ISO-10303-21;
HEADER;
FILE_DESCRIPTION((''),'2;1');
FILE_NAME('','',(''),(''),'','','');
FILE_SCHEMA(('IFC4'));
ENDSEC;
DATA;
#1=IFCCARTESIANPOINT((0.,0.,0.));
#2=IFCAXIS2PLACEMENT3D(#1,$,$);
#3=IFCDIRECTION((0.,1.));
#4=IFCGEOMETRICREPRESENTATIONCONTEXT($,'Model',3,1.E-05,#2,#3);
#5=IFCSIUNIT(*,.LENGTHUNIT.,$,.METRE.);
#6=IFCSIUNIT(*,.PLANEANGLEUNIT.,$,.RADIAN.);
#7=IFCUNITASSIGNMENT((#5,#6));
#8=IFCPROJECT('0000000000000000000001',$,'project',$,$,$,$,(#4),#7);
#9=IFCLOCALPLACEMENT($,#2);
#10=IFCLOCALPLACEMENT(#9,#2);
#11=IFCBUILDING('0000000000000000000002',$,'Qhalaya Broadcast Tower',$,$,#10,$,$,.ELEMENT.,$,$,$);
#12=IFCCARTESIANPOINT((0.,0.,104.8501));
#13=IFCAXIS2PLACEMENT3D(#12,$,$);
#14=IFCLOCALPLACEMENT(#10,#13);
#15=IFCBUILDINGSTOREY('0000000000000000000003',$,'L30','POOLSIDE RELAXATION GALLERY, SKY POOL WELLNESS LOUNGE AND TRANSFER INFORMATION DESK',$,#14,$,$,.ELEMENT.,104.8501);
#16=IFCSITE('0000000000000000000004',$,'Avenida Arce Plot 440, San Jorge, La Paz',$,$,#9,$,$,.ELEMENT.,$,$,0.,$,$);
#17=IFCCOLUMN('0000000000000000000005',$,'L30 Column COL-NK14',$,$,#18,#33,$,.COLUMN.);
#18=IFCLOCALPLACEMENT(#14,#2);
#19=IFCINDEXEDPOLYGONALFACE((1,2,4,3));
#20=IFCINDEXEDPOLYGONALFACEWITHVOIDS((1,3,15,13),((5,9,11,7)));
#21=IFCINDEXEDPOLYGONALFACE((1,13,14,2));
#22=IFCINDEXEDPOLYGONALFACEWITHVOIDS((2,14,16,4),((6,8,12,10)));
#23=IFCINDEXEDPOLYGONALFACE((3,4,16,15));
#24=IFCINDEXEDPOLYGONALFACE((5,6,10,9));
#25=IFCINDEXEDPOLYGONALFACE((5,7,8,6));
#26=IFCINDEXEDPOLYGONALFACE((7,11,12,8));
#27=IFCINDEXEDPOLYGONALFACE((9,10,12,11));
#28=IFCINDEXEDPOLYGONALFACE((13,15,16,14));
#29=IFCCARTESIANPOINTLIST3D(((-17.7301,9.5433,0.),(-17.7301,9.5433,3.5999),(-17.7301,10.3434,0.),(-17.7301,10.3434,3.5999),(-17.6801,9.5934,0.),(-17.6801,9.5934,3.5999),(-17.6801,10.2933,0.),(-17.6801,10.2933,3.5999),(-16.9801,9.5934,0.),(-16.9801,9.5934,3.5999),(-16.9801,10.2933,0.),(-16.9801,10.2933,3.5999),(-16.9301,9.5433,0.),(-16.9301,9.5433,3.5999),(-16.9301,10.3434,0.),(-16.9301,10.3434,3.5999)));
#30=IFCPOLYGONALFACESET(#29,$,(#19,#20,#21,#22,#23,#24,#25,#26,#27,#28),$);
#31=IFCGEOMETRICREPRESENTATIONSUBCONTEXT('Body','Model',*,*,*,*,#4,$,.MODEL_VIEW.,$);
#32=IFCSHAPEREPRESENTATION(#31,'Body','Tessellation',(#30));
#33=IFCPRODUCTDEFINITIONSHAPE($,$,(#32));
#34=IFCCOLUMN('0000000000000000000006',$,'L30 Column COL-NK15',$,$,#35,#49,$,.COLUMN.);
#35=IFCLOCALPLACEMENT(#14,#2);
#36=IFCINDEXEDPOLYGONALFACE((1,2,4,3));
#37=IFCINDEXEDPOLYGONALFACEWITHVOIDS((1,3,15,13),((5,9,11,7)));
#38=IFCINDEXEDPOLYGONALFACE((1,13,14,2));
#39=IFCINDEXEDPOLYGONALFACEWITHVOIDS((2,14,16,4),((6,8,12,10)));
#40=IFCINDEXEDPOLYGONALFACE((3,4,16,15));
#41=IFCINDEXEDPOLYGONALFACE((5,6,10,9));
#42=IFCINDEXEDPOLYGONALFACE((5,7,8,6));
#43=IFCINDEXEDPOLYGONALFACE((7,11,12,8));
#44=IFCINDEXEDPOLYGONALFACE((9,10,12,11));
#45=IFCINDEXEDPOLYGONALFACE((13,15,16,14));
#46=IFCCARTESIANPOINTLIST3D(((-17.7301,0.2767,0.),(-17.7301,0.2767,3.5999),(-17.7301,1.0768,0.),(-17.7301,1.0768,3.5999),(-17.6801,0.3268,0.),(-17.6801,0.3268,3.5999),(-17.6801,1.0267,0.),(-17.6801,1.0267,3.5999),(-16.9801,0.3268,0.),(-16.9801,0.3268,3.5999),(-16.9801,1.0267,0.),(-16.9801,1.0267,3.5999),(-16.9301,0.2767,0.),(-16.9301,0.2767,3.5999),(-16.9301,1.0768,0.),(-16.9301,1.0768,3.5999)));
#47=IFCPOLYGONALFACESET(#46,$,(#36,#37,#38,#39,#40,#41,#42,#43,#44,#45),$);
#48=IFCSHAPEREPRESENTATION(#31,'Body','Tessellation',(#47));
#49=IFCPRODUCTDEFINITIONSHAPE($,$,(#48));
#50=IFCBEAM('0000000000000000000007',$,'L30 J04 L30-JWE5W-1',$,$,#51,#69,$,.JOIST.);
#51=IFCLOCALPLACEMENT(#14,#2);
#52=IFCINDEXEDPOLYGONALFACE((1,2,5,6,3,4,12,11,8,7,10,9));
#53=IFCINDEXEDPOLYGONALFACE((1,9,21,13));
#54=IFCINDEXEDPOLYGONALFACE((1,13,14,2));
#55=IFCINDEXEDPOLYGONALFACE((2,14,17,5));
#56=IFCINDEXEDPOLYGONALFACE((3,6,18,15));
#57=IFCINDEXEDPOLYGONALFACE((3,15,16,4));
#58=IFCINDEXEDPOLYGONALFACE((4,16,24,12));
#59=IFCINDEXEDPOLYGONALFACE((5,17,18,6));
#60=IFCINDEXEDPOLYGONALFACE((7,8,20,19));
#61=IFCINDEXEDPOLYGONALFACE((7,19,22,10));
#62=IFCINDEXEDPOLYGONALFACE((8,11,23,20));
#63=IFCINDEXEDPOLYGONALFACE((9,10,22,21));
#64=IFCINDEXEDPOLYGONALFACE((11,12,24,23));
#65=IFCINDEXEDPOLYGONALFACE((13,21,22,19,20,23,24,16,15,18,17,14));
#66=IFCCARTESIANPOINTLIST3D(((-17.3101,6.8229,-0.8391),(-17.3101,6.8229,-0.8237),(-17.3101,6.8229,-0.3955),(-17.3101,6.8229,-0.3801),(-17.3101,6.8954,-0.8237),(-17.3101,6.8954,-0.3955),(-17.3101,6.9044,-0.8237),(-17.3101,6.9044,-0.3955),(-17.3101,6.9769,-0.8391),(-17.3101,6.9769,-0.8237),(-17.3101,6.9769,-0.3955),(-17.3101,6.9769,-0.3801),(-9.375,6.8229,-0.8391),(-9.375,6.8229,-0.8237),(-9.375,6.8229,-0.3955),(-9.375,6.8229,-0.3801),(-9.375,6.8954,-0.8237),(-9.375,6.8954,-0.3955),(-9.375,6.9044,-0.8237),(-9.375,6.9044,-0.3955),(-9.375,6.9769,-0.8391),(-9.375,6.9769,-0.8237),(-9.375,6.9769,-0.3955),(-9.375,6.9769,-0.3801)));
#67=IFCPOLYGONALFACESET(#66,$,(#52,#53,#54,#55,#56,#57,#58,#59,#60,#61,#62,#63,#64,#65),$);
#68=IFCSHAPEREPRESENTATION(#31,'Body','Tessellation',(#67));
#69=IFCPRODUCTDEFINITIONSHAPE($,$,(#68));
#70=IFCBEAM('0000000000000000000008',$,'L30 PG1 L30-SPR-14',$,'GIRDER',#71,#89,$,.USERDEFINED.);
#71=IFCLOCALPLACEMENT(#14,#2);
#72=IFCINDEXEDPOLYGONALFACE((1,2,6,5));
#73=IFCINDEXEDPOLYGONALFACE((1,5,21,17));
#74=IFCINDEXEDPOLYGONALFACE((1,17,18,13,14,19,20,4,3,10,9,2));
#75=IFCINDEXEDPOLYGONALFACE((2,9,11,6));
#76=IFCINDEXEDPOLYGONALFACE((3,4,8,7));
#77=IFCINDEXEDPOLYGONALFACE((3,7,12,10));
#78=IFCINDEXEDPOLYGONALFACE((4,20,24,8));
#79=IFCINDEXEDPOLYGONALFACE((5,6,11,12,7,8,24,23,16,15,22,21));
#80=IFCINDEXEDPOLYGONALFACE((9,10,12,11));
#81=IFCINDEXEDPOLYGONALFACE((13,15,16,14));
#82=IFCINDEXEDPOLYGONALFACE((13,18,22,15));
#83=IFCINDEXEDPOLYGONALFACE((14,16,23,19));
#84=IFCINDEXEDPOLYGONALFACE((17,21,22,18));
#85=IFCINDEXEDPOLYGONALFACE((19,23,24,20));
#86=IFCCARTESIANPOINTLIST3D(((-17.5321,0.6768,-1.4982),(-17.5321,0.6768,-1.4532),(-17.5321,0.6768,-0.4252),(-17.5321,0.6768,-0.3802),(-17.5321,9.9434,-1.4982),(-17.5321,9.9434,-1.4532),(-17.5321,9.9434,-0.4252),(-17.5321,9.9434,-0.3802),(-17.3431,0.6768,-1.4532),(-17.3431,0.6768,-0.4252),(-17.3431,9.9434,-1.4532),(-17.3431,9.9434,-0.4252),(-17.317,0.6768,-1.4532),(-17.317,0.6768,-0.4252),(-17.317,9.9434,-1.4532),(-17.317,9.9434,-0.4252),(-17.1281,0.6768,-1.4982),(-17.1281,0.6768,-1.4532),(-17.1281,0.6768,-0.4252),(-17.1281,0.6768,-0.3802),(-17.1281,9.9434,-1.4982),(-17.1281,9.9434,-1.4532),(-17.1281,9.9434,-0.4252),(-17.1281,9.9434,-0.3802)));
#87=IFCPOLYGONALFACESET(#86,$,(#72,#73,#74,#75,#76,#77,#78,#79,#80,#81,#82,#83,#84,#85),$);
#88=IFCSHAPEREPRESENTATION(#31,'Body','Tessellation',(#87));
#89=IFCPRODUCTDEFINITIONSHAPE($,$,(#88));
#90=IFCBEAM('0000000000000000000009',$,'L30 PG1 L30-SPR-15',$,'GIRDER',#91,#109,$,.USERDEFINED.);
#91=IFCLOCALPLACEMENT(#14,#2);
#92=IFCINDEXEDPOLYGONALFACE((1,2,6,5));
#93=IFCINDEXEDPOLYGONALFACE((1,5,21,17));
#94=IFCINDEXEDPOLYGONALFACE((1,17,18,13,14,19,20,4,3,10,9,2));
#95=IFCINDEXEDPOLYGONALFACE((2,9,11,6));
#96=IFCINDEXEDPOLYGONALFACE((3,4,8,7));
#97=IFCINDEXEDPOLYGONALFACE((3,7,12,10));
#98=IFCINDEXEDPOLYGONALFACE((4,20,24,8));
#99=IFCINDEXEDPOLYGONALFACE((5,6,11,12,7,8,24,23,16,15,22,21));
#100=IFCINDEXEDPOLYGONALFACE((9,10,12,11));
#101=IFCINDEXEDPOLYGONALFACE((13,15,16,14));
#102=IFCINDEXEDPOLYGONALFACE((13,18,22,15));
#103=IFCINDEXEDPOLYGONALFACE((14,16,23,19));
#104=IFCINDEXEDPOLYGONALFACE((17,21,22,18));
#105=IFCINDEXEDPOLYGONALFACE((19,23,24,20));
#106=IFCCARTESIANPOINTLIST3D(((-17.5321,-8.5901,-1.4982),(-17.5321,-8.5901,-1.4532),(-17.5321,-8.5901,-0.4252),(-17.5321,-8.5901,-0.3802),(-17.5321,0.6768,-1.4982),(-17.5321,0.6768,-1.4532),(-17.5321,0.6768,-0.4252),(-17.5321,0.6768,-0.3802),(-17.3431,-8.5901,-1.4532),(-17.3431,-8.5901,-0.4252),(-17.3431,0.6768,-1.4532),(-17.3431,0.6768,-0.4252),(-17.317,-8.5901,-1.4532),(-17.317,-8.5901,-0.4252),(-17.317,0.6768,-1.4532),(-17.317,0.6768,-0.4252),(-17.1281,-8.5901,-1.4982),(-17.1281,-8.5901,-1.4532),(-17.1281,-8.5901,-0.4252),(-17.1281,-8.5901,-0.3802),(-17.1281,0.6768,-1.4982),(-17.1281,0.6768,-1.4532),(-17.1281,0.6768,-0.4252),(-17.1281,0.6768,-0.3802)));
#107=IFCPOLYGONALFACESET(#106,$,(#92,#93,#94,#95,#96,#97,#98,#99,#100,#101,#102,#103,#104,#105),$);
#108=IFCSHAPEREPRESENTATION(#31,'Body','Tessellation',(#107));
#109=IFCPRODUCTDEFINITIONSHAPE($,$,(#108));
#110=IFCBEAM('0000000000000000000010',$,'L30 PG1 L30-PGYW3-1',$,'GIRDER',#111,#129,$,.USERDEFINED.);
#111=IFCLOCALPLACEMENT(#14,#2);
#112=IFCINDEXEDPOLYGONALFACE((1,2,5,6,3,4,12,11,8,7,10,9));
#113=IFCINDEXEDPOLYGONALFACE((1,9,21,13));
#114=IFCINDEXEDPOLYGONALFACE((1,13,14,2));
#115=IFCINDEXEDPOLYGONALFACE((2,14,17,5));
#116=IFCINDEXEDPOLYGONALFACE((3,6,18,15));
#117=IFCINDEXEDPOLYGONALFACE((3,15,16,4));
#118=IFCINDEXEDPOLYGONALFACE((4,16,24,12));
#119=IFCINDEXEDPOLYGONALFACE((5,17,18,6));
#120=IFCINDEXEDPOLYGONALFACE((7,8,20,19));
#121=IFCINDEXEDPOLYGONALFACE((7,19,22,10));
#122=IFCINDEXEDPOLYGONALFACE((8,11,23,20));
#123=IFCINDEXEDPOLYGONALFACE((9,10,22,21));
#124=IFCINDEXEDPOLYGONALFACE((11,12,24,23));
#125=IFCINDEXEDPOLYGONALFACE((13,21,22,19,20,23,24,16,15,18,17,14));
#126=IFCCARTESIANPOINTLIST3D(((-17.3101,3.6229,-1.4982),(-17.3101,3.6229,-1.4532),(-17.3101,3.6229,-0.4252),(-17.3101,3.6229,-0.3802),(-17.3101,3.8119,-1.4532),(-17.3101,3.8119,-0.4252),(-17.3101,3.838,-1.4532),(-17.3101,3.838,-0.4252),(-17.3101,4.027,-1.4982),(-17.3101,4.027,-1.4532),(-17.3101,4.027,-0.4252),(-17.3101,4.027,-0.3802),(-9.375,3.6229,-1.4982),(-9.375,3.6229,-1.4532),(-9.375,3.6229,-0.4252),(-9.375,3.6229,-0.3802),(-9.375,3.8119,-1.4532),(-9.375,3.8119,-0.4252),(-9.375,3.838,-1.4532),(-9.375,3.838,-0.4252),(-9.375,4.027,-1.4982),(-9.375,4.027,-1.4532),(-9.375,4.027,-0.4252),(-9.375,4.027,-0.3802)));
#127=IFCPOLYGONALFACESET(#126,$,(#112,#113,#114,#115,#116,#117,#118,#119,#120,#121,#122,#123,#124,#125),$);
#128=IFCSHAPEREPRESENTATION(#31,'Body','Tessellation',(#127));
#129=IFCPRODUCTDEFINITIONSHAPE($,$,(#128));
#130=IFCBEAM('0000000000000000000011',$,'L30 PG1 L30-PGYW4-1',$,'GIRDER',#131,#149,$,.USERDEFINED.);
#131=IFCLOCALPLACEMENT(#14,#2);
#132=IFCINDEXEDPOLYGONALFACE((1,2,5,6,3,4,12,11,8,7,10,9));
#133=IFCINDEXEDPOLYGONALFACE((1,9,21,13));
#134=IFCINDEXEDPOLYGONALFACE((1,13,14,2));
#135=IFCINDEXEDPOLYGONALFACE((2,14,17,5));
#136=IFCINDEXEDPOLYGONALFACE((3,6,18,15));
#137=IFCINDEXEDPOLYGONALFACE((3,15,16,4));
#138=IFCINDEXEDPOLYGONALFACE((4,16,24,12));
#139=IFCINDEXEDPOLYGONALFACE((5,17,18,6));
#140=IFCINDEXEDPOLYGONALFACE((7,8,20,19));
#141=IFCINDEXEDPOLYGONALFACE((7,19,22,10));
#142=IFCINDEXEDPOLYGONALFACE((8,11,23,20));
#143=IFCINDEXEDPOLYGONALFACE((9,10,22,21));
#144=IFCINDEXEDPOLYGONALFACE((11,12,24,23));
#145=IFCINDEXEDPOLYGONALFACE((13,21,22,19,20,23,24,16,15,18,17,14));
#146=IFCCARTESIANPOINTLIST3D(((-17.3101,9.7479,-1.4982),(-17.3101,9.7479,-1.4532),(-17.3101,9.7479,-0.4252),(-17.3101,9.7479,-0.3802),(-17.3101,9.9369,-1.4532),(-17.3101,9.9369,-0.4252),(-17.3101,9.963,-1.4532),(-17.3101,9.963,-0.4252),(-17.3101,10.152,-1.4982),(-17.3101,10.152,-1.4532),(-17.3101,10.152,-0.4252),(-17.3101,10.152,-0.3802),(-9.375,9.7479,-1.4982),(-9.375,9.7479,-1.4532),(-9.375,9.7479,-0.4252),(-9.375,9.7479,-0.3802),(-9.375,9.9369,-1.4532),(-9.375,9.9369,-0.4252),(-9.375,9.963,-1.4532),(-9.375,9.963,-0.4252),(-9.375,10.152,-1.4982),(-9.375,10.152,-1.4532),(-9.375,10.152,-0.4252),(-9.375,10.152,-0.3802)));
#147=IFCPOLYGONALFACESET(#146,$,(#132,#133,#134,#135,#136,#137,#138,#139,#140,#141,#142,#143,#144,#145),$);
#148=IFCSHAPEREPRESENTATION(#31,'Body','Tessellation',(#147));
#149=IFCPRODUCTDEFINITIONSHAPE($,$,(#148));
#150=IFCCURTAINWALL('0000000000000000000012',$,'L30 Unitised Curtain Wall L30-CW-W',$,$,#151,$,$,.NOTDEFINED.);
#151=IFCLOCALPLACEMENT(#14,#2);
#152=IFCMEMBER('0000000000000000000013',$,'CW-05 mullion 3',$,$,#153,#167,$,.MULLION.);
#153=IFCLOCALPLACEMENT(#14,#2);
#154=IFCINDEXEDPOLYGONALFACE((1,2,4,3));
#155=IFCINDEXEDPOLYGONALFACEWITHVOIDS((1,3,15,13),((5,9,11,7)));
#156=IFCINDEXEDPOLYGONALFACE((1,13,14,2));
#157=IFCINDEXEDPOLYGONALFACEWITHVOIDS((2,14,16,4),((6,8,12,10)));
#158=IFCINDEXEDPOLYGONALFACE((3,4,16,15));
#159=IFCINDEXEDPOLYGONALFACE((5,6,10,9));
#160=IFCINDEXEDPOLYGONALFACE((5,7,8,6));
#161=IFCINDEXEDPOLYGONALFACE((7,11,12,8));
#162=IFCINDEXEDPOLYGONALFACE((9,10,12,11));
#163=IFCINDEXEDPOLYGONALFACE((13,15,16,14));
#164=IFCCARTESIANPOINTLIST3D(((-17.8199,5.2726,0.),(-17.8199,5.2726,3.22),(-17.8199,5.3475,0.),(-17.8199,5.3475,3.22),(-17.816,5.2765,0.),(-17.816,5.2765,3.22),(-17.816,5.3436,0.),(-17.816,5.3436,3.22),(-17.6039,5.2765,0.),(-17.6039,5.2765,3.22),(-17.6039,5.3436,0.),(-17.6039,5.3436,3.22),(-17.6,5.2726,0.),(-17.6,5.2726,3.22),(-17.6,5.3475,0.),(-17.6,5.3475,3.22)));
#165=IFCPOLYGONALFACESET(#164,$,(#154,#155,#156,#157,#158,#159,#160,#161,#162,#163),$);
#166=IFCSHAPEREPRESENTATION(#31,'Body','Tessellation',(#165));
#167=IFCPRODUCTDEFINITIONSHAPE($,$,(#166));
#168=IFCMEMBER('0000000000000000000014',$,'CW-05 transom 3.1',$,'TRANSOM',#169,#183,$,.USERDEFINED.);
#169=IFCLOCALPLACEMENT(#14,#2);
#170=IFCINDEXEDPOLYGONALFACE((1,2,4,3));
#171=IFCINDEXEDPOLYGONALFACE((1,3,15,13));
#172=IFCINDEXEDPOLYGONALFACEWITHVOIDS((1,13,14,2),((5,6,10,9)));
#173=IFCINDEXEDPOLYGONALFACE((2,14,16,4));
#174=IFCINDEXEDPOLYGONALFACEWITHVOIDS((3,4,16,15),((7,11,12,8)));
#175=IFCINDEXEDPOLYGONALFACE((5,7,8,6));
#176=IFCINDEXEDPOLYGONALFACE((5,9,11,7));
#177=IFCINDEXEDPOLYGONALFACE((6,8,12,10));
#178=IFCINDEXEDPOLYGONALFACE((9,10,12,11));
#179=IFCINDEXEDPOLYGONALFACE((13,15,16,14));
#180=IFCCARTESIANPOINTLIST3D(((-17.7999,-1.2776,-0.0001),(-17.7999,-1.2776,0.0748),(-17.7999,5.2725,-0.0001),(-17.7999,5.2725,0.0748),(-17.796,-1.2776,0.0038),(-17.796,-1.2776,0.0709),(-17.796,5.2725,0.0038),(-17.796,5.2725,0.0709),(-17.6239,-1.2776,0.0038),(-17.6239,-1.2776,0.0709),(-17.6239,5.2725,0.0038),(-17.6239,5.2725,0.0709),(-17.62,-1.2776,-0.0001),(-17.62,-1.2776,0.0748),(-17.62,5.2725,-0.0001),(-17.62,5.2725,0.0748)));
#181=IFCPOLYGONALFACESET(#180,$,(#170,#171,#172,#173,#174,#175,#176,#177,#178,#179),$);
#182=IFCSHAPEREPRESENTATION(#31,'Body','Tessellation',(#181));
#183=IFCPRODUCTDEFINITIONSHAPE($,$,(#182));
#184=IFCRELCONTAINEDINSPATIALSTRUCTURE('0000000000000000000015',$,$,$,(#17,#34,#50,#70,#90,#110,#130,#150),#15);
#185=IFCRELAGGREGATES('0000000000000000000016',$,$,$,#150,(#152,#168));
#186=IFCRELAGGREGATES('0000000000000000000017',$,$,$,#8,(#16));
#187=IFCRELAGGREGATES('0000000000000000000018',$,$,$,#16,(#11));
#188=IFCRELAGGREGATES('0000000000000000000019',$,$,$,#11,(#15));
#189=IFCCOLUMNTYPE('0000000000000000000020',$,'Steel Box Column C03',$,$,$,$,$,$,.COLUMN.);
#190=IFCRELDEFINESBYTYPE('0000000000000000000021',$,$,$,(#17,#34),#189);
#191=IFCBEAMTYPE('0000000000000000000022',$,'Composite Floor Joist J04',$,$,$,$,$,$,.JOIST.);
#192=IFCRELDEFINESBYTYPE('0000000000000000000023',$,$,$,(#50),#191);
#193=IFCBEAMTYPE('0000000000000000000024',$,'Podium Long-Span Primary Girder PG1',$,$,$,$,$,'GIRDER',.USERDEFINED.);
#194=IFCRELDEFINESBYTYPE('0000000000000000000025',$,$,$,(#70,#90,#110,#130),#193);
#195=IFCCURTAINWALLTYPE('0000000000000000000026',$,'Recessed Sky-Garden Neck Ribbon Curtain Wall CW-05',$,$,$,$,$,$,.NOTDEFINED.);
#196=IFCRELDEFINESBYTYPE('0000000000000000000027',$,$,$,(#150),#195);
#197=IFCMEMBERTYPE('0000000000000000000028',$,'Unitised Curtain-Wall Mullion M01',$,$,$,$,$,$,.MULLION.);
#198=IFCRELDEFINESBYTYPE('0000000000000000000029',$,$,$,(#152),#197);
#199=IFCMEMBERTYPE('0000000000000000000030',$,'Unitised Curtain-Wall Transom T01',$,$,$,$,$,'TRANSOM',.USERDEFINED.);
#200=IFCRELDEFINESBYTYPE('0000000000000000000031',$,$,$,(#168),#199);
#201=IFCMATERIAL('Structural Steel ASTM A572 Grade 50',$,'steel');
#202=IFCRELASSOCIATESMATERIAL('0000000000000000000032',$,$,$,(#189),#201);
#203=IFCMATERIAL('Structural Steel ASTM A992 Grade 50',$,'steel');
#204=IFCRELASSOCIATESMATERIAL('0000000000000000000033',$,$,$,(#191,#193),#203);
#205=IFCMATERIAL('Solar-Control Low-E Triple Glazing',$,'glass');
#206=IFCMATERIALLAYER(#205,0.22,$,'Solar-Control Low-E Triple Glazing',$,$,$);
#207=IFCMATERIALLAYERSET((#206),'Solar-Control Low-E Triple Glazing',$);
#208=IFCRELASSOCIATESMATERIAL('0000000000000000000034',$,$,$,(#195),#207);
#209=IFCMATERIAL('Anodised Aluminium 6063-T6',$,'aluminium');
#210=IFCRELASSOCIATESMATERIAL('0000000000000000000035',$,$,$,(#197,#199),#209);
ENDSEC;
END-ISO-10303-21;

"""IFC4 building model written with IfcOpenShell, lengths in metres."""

from ifc_helpers import new_model, si_unit, direction, frame, origin, origin_2d, place, context, subcontext, project, spatial, hollow_rectangle, i_section, extrude, material, layer, layer_set, material_profile, profile_set, type_object, element, aggregate, save


model = new_model("IFC4")

# Units and contexts
model_context = context("Model", 3, precision=1e-05, world=origin(), true_north=direction((0.0, 1.0)))
body_context = subcontext(model_context, "Body", "Model", "MODEL_VIEW")
ifc_project = project(units=[si_unit("LENGTHUNIT", "METRE"), si_unit("PLANEANGLEUNIT", "RADIAN")], contexts=[model_context])

# Site, building, storey
site_placement = place(None, origin())
site = spatial("IfcSite", under=ifc_project, at=site_placement, Name="Avenida Arce Plot 440, San Jorge, La Paz", CompositionType="ELEMENT", RefElevation=0.0)
building_placement = place(site_placement, origin())
building = spatial("IfcBuilding", under=site, at=building_placement, Name="Qhalaya Broadcast Tower", CompositionType="ELEMENT")
storey_placement = place(building_placement, frame((0.0, 0.0, 104.8501)))
storey = spatial("IfcBuildingStorey", under=building, at=storey_placement, Name="L30", Description="POOLSIDE RELAXATION GALLERY, SKY POOL WELLNESS LOUNGE AND TRANSFER INFORMATION DESK", CompositionType="ELEMENT", Elevation=104.8501)

# Columns
ifc_material_1 = material(Name="Structural Steel ASTM A572 Grade 50", Category="steel")
ifc_material_profile_1 = material_profile(ifc_material_1, hollow_rectangle(XDim=0.8, YDim=0.8, WallThickness=0.05, at=origin_2d()), Name="BOX 800x800x50")
ifc_profile_set_1 = profile_set([ifc_material_profile_1], Name="Structural Steel ASTM A572 Grade 50")
column_type = type_object("IfcColumnType", Name="Steel Box Column C03", PredefinedType="COLUMN", material=ifc_profile_set_1)
for number, where, z_axis, x_axis, name in (
    (1, (-17.3301, 9.9434, 0.0), (0.0, 0.0, 1.0), (0.0, 1.0, 0.0), "L30 Column COL-NK14"),
    (2, (-17.3301, 0.6768, 0.0), (0.0, 0.0, 1.0), (0.0, 1.0, 0.0), "L30 Column COL-NK15"),
):
    element("IfcColumn", number, at=place(storey_placement, frame(where, z_axis=z_axis, x_axis=x_axis)), inside=storey, type_object=column_type, Name=name, PredefinedType="COLUMN", context=body_context, shape_type="SweptSolid", body=[
        extrude(hollow_rectangle(XDim=0.8, YDim=0.8, WallThickness=0.05, at=origin_2d()), origin(), (0.0, 0.0, 1.0), 3.5999),
    ])

# Beams
ifc_material_2 = material(Name="Structural Steel ASTM A992 Grade 50", Category="steel")
ifc_material_profile_2 = material_profile(ifc_material_2, i_section(OverallWidth=0.1541, OverallDepth=0.459, WebThickness=0.009, FlangeThickness=0.0154, at=origin_2d()), Name="W18X46")
ifc_profile_set_2 = profile_set([ifc_material_profile_2], Name="Structural Steel ASTM A992 Grade 50")
beam_type_1 = type_object("IfcBeamType", Name="Composite Floor Joist J04", PredefinedType="JOIST", material=ifc_profile_set_2)
beam_1_placement = place(storey_placement, frame((-17.3101, 6.8999, -0.6096), z_axis=(1.0, 0.0, 0.0), x_axis=(0.0, 1.0, 0.0)))
element("IfcBeam", 3, at=beam_1_placement, inside=storey, type_object=beam_type_1, Name="L30 J04 L30-JWE5W-1", PredefinedType="JOIST", context=body_context, shape_type="SweptSolid", body=[
    extrude(i_section(OverallWidth=0.1541, OverallDepth=0.459, WebThickness=0.009, FlangeThickness=0.0154, at=origin_2d()), origin(), (0.0, 0.0, 1.0), 7.9351),
])
ifc_material_profile_3 = material_profile(ifc_material_2, i_section(OverallWidth=0.4041, OverallDepth=1.1179, WebThickness=0.0261, FlangeThickness=0.0449, at=origin_2d()), Name="W44X335")
ifc_profile_set_3 = profile_set([ifc_material_profile_3], Name="Structural Steel ASTM A992 Grade 50")
beam_type_2 = type_object("IfcBeamType", Name="Podium Long-Span Primary Girder PG1", ElementType="GIRDER", PredefinedType="USERDEFINED", material=ifc_profile_set_3)
beam_2_placement = place(storey_placement, frame((-17.3301, 9.9434, -0.9392), z_axis=(0.0, -1.0, 0.0), x_axis=(1.0, 0.0, 0.0)))
element("IfcBeam", 4, at=beam_2_placement, inside=storey, type_object=beam_type_2, Name="L30 PG1 L30-SPR-14", ObjectType="GIRDER", PredefinedType="USERDEFINED", context=body_context, shape_type="SweptSolid", body=[
    extrude(i_section(OverallWidth=0.4041, OverallDepth=1.1179, WebThickness=0.0261, FlangeThickness=0.0449, at=origin_2d()), origin(), (0.0, 0.0, 1.0), 9.2666),
])
beam_3_placement = place(storey_placement, frame((-17.3301, 0.6768, -0.9392), z_axis=(0.0, -1.0, 0.0), x_axis=(1.0, 0.0, 0.0)))
element("IfcBeam", 5, at=beam_3_placement, inside=storey, type_object=beam_type_2, Name="L30 PG1 L30-SPR-15", ObjectType="GIRDER", PredefinedType="USERDEFINED", context=body_context, shape_type="SweptSolid", body=[
    extrude(i_section(OverallWidth=0.4041, OverallDepth=1.1179, WebThickness=0.0261, FlangeThickness=0.0449, at=origin_2d()), origin(), (0.0, 0.0, 1.0), 9.2668),
])
for number, where, z_axis, x_axis, name in (
    (6, (-17.3101, 3.825, -0.9392), (1.0, 0.0, 0.0), (0.0, 1.0, 0.0), "L30 PG1 L30-PGYW3-1"),
    (7, (-17.3101, 9.95, -0.9392), (1.0, 0.0, 0.0), (0.0, 1.0, 0.0), "L30 PG1 L30-PGYW4-1"),
):
    element("IfcBeam", number, at=place(storey_placement, frame(where, z_axis=z_axis, x_axis=x_axis)), inside=storey, type_object=beam_type_2, Name=name, ObjectType="GIRDER", PredefinedType="USERDEFINED", context=body_context, shape_type="SweptSolid", body=[
        extrude(i_section(OverallWidth=0.4041, OverallDepth=1.1179, WebThickness=0.0261, FlangeThickness=0.0449, at=origin_2d()), origin(), (0.0, 0.0, 1.0), 7.9351),
    ])

# Curtain wall, members
ifc_material_3 = material(Name="Solar-Control Low-E Triple Glazing", Category="glass")
ifc_layer_1 = layer(ifc_material_3, 0.22, Name="Solar-Control Low-E Triple Glazing")
ifc_layer_set_1 = layer_set([ifc_layer_1], Name="Solar-Control Low-E Triple Glazing")
curtain_wall_type = type_object("IfcCurtainWallType", Name="Recessed Sky-Garden Neck Ribbon Curtain Wall CW-05", PredefinedType="NOTDEFINED", material=ifc_layer_set_1)
curtain_wall_placement = place(storey_placement, origin())
curtain_wall = element("IfcCurtainWall", 8, at=curtain_wall_placement, inside=storey, type_object=curtain_wall_type, Name="L30 Unitised Curtain Wall L30-CW-W", PredefinedType="NOTDEFINED")
ifc_material_4 = material(Name="Anodised Aluminium 6063-T6", Category="aluminium")
ifc_material_profile_4 = material_profile(ifc_material_4, hollow_rectangle(XDim=0.075, YDim=0.22, WallThickness=0.0039, at=origin_2d()), Name="ALU-MUL 75x220x4")
ifc_profile_set_4 = profile_set([ifc_material_profile_4], Name="Anodised Aluminium 6063-T6")
member_type_1 = type_object("IfcMemberType", Name="Unitised Curtain-Wall Mullion M01", PredefinedType="MULLION", material=ifc_profile_set_4)
member_1_placement = place(storey_placement, frame((-17.71, 5.3101, 0.0), z_axis=(0.0, 0.0, 1.0), x_axis=(0.0, -1.0, 0.0)))
member_1 = element("IfcMember", 9, at=member_1_placement, type_object=member_type_1, Name="CW-05 mullion 3", PredefinedType="MULLION", context=body_context, shape_type="SweptSolid", body=[
    extrude(hollow_rectangle(XDim=0.075, YDim=0.22, WallThickness=0.0039, at=origin_2d()), origin(), (0.0, 0.0, 1.0), 3.22),
])
ifc_material_profile_5 = material_profile(ifc_material_4, hollow_rectangle(XDim=0.075, YDim=0.1799, WallThickness=0.0039, at=origin_2d()), Name="ALU-TRN 75x180x4")
ifc_profile_set_5 = profile_set([ifc_material_profile_5], Name="Anodised Aluminium 6063-T6")
member_type_2 = type_object("IfcMemberType", Name="Unitised Curtain-Wall Transom T01", ElementType="TRANSOM", PredefinedType="USERDEFINED", material=ifc_profile_set_5)
member_2_placement = place(storey_placement, frame((-17.71, 5.2725, 0.0374), z_axis=(0.0, -1.0, 0.0), x_axis=(0.0, 0.0, 1.0)))
member_2 = element("IfcMember", 10, at=member_2_placement, type_object=member_type_2, Name="CW-05 transom 3.1", ObjectType="TRANSOM", PredefinedType="USERDEFINED", context=body_context, shape_type="SweptSolid", body=[
    extrude(hollow_rectangle(XDim=0.075, YDim=0.1799, WallThickness=0.0039, at=origin_2d()), origin(), (0.0, 0.0, 1.0), 6.55),
])

aggregate(curtain_wall, [member_1, member_2])

save(model, "model.ifc")
